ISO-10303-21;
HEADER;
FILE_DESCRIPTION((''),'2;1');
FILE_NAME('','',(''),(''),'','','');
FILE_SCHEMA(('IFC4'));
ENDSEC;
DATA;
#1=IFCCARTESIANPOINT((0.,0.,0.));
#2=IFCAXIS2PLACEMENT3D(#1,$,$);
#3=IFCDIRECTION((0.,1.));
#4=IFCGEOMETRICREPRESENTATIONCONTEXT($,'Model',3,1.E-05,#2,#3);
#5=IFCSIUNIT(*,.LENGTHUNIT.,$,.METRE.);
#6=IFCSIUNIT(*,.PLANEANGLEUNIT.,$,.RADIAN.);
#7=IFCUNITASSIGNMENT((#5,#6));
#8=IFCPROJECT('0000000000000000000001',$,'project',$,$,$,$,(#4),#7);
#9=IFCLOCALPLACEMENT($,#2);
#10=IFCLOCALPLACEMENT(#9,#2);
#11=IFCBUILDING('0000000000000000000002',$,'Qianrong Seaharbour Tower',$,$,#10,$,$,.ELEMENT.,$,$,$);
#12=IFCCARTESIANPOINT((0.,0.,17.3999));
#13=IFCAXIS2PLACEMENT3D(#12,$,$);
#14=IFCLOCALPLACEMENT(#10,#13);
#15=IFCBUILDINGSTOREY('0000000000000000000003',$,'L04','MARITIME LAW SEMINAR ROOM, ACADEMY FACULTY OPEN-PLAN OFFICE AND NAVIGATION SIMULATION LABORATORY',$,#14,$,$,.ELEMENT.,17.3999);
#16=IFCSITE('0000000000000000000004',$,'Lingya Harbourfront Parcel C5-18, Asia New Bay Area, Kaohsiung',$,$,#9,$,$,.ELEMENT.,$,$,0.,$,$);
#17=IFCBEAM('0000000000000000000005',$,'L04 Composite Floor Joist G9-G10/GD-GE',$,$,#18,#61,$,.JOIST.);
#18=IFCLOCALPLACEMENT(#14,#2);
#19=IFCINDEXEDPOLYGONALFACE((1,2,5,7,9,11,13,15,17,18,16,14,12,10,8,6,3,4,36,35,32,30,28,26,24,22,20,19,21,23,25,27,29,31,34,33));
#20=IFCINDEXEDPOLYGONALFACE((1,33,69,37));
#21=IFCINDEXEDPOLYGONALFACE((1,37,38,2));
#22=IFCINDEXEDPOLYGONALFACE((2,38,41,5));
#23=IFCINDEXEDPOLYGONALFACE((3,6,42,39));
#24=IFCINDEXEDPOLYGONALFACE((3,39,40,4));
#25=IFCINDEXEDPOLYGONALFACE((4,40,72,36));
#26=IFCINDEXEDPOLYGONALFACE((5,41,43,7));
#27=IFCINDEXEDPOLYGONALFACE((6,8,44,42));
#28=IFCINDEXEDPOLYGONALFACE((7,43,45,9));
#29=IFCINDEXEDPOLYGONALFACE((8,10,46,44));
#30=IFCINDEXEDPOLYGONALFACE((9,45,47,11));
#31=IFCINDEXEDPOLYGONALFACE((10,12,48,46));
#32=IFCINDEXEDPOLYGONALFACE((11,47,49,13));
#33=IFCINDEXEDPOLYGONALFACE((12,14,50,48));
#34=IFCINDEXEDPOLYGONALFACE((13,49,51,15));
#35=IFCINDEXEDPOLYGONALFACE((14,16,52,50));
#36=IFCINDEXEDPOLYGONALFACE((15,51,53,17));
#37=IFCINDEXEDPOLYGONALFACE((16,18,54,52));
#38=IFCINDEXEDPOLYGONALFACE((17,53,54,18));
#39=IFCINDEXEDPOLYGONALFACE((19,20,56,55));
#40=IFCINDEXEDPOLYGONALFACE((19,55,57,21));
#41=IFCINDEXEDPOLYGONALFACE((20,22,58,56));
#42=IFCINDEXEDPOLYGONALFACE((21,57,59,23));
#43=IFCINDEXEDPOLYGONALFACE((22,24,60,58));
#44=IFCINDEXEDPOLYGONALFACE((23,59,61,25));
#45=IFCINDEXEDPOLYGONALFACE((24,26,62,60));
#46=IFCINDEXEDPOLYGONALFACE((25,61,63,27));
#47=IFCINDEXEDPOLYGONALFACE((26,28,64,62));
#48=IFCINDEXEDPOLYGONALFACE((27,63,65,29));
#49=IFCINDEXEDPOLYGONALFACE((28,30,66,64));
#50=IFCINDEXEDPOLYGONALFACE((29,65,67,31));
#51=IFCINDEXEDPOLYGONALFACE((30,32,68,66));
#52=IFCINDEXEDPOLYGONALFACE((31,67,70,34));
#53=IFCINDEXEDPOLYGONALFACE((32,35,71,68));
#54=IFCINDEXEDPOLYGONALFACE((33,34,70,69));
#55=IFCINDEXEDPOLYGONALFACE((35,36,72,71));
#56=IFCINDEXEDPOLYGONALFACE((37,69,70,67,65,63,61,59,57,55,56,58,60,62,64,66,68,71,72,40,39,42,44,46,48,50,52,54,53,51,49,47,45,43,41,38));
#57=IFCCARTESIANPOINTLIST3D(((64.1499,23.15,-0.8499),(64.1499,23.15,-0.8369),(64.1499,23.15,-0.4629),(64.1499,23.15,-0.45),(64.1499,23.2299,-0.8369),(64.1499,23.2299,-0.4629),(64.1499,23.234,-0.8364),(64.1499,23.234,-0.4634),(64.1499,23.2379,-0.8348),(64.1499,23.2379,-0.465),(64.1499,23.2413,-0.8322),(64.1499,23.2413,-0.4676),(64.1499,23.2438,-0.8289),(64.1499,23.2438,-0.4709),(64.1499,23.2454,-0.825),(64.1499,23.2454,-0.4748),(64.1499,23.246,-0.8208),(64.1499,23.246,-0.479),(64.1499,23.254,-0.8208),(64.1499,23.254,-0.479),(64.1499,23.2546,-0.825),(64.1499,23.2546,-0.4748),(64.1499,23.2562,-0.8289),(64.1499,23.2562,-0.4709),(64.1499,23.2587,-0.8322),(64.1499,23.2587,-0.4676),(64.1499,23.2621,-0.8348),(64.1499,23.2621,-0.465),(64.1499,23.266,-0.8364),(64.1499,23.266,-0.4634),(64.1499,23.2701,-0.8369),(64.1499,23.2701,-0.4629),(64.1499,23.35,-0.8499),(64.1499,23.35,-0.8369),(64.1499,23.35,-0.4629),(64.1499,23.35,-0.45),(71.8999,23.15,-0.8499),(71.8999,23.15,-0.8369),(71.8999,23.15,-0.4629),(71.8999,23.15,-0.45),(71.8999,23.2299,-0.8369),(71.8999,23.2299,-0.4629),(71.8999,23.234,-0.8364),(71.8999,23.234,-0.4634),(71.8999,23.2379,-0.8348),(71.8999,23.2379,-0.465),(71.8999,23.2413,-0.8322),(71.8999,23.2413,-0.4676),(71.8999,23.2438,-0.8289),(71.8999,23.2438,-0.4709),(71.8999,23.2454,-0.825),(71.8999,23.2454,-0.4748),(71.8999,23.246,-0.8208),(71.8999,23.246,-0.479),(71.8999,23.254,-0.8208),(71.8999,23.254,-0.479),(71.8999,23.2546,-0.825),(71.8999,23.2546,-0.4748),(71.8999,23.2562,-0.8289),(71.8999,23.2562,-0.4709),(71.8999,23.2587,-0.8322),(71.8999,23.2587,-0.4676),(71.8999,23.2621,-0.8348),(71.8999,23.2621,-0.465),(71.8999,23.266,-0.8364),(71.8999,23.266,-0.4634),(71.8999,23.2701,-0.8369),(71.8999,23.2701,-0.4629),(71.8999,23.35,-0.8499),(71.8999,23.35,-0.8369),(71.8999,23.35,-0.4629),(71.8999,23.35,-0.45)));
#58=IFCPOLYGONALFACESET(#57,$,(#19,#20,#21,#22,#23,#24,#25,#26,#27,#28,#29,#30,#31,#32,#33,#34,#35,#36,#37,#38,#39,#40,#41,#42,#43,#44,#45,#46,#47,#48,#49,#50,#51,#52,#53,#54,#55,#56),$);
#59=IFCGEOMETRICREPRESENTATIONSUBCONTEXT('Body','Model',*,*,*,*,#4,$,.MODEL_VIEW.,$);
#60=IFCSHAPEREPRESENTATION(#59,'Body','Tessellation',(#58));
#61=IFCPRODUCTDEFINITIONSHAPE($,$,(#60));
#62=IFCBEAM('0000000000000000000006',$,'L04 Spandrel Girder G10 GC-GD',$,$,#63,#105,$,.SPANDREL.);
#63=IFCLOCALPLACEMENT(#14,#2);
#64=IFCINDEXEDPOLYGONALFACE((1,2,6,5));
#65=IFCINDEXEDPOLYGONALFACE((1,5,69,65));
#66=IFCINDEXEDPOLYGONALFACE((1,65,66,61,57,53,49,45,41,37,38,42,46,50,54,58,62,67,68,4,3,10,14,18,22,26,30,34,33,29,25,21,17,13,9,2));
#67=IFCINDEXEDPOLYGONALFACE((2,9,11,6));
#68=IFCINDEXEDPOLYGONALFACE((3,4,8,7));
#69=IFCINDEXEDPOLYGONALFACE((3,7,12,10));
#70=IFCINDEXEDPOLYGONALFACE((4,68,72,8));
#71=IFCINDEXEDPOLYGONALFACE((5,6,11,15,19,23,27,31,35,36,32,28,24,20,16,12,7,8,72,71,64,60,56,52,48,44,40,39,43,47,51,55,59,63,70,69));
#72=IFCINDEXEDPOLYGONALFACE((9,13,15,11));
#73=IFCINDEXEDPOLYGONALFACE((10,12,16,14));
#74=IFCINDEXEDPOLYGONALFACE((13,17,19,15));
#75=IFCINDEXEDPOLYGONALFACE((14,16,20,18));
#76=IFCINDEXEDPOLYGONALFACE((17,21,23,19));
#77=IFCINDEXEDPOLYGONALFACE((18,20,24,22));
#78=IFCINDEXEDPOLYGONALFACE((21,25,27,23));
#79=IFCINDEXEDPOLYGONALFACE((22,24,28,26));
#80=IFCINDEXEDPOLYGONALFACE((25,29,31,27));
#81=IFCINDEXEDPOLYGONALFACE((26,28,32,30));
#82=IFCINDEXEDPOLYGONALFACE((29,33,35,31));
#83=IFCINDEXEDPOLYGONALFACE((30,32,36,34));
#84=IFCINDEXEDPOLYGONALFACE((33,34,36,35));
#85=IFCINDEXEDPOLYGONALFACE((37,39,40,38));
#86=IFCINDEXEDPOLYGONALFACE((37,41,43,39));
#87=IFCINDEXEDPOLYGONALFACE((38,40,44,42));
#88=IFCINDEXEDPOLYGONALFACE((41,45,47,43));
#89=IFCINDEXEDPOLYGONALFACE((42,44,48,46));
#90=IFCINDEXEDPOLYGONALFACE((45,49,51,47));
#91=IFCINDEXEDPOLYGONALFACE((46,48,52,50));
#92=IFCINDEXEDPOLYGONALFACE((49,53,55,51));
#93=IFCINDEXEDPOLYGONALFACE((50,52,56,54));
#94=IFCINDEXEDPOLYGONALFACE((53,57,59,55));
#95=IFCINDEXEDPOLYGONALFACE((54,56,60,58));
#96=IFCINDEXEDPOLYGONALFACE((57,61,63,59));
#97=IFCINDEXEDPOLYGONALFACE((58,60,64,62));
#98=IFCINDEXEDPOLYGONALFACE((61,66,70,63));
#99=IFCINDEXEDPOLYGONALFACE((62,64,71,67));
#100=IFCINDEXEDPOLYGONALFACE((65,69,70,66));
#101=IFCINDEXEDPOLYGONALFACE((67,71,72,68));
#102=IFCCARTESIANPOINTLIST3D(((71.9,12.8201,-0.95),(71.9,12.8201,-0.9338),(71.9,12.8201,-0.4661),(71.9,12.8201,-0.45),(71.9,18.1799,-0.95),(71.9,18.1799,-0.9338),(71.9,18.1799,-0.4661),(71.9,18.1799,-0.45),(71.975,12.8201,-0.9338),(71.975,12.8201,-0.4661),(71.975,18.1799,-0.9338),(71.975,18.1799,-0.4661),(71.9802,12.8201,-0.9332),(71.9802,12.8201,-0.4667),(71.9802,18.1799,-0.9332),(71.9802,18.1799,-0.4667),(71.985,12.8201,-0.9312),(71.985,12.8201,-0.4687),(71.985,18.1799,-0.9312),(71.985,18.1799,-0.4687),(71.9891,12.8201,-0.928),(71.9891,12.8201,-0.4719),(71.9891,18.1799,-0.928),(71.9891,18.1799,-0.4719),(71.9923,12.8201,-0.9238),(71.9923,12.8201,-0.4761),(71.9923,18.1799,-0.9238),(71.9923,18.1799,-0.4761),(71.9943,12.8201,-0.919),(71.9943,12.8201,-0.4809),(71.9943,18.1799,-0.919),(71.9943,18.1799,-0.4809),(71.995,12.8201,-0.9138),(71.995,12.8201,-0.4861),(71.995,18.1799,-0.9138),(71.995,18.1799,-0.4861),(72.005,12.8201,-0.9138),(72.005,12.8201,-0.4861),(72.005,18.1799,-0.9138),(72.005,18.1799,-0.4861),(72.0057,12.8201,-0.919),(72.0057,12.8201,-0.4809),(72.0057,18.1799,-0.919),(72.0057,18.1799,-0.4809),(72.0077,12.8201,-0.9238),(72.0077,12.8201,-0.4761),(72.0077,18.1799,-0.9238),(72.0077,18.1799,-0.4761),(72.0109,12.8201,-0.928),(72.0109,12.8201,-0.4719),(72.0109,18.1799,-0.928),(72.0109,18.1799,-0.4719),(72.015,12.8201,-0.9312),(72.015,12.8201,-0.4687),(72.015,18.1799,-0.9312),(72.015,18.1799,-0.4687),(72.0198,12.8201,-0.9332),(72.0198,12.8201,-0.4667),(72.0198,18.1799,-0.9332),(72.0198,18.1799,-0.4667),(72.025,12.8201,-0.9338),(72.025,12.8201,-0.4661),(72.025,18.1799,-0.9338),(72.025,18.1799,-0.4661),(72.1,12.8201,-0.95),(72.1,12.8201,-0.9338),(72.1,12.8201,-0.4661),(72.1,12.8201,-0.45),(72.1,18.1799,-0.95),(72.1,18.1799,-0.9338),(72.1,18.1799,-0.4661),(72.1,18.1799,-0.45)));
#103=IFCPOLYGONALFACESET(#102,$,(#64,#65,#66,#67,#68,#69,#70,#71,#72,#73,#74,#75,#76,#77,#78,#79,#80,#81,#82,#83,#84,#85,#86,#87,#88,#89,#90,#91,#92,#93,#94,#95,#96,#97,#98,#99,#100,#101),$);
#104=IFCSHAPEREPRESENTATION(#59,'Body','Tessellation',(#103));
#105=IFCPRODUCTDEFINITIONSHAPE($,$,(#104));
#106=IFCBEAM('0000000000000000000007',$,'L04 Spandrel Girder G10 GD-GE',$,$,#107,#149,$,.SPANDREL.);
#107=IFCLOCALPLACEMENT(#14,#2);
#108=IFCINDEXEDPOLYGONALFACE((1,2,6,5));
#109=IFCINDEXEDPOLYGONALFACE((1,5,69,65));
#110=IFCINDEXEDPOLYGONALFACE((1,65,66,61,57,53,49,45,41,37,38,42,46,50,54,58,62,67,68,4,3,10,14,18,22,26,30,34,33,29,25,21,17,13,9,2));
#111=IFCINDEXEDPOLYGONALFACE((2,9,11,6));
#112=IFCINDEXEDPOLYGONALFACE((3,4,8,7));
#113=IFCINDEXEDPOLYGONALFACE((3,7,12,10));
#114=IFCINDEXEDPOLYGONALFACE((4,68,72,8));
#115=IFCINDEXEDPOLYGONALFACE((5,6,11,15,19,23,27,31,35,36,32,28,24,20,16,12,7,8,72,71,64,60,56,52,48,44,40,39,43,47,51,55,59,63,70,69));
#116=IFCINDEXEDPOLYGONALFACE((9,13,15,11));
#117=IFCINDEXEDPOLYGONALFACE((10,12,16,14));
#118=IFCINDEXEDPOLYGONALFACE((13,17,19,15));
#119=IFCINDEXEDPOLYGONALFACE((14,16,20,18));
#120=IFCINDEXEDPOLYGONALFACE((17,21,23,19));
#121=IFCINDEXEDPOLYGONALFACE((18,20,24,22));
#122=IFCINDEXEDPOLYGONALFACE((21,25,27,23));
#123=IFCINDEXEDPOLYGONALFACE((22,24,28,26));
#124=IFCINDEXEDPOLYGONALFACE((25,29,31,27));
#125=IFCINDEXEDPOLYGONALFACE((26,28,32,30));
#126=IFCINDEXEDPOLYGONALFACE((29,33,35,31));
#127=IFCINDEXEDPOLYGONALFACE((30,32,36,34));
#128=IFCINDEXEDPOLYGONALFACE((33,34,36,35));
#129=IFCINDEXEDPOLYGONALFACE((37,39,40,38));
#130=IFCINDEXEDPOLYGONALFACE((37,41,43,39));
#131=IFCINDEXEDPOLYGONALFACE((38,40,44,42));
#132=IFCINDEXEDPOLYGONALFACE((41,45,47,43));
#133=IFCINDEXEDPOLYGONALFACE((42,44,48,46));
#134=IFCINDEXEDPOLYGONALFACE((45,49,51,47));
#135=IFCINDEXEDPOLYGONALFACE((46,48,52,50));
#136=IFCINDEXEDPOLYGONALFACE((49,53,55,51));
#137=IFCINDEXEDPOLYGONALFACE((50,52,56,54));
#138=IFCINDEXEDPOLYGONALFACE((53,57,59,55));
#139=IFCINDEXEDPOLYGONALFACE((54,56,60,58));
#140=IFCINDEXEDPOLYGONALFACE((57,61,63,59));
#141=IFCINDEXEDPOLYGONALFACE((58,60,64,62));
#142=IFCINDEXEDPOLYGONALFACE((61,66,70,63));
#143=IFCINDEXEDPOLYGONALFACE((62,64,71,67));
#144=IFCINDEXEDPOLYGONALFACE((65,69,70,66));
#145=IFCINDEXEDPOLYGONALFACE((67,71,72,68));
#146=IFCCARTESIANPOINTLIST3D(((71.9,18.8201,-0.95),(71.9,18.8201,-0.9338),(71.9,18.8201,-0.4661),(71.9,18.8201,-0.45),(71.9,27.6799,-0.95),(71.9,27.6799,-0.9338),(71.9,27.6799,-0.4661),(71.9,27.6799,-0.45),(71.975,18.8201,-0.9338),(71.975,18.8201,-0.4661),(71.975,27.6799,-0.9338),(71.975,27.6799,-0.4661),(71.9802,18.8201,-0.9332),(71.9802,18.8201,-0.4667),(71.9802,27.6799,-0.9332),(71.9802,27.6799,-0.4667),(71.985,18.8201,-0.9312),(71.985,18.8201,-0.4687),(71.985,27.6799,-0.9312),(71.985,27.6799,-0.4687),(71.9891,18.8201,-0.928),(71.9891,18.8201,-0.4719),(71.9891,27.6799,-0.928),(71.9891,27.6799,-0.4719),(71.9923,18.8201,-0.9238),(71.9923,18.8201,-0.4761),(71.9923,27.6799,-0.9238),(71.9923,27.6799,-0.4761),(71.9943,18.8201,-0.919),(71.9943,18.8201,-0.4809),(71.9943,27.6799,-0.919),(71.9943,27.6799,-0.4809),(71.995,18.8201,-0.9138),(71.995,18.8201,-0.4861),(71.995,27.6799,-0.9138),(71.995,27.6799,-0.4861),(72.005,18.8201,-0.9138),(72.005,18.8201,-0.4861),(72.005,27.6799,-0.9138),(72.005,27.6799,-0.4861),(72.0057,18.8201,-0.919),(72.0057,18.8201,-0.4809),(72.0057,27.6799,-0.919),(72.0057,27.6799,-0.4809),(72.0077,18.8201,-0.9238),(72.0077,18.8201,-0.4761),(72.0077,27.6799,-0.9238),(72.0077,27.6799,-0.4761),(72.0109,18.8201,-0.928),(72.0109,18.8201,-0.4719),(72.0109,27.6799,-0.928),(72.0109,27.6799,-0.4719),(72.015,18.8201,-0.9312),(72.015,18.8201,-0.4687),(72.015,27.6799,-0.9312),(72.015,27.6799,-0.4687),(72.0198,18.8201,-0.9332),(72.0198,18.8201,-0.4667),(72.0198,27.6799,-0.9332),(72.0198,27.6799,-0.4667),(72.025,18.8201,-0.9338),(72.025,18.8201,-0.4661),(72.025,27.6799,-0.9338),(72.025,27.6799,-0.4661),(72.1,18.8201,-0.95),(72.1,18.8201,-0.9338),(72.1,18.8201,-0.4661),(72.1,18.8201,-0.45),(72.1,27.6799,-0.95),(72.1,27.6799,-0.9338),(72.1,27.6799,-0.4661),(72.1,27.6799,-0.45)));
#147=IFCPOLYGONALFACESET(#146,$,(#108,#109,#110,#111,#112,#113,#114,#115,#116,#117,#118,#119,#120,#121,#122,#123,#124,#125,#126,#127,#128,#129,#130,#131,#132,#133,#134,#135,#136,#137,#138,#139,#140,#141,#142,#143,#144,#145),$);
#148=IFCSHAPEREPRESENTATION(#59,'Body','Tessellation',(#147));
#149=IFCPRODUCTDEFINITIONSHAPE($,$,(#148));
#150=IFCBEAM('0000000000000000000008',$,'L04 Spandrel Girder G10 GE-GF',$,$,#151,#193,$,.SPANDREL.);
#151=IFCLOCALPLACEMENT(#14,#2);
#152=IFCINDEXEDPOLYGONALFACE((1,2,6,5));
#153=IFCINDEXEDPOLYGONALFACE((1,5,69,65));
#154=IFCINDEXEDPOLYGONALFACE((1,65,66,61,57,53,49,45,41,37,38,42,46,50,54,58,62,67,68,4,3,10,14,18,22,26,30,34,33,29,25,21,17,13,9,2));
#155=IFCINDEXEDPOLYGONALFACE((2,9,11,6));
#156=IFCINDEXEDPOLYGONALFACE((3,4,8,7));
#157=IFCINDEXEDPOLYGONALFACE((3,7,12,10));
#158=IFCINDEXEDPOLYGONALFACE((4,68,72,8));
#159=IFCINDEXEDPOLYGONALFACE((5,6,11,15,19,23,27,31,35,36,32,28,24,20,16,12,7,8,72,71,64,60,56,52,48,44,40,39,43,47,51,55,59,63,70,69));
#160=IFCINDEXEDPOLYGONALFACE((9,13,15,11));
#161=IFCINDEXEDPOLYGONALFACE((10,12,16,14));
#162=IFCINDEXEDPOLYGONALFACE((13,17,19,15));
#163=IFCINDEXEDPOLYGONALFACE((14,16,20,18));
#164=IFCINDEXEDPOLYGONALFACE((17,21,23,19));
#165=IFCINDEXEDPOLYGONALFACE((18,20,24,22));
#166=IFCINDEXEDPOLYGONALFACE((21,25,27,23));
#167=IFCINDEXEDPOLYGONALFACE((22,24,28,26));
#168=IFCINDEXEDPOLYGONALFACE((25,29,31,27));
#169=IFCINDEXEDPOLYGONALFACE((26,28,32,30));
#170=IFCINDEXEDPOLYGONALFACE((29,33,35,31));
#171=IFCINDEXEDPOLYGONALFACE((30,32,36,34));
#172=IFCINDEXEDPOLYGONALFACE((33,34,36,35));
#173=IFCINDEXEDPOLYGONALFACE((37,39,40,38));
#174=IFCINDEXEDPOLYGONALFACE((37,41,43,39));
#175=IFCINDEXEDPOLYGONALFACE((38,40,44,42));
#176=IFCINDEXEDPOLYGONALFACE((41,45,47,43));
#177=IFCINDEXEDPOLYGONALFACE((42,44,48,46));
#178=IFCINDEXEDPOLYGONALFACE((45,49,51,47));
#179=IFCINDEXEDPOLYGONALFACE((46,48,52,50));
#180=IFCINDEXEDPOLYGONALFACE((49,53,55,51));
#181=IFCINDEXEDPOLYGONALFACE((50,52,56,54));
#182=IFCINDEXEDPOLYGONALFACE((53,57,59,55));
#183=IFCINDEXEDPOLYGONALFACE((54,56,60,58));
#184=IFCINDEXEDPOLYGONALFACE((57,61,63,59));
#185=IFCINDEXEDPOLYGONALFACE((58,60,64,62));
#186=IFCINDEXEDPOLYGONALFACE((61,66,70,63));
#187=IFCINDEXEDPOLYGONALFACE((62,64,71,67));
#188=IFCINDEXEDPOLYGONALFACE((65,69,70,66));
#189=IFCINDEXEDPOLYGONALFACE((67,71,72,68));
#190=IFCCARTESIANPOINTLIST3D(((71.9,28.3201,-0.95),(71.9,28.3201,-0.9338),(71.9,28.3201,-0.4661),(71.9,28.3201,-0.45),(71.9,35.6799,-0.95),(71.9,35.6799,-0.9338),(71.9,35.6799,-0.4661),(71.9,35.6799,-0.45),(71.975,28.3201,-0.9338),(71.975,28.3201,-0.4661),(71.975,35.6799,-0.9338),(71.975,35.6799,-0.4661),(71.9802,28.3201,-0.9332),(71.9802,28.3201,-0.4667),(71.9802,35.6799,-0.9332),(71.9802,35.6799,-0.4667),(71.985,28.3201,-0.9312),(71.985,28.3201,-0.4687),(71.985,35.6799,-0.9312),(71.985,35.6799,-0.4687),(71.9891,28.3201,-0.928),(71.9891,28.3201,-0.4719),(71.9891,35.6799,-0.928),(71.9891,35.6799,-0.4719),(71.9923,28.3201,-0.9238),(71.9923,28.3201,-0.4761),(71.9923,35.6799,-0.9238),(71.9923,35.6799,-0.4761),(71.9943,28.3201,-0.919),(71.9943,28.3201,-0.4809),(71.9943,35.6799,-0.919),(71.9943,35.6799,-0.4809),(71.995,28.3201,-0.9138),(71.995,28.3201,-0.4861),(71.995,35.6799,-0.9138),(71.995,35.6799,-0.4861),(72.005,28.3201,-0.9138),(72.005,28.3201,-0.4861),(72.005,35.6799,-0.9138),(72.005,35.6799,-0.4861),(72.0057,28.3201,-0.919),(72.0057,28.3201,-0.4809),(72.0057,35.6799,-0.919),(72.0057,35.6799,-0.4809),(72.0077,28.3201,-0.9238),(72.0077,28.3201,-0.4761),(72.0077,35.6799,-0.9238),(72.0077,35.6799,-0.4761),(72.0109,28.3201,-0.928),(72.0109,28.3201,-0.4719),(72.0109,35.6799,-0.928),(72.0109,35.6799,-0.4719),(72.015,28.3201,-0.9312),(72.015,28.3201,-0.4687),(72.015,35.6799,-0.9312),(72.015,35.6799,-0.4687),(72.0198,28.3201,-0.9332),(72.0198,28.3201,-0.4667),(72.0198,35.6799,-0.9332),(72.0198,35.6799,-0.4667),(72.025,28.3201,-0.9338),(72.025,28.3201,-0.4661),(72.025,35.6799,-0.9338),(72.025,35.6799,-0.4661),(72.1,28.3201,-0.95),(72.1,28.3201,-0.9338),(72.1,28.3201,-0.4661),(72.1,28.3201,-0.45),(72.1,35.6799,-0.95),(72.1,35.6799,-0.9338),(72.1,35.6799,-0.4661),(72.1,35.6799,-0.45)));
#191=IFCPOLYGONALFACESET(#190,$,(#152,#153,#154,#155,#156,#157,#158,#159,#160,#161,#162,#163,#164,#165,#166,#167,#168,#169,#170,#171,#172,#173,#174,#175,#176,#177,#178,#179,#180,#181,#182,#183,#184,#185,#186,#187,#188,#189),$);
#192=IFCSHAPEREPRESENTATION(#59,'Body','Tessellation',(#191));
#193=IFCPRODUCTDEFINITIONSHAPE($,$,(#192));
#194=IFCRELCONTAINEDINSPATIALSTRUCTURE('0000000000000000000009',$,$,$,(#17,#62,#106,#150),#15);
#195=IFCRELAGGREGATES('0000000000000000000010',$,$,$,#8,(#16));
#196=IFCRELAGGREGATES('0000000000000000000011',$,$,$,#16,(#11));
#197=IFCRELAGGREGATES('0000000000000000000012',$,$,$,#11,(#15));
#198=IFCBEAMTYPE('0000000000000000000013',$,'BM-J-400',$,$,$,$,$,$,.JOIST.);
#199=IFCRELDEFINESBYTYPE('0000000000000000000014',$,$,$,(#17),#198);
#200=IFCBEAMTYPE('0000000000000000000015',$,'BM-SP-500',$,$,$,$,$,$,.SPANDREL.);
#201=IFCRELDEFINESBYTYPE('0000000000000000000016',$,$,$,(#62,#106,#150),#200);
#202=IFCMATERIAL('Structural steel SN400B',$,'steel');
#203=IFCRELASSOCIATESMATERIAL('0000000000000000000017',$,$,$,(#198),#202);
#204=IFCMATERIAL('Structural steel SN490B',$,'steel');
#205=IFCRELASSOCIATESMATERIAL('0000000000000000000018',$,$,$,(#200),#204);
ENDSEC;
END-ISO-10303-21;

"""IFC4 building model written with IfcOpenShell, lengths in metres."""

from ifc_helpers import new_model, si_unit, direction, frame, origin, origin_2d, place, context, subcontext, project, spatial, i_section, extrude, material, material_profile, profile_set, type_object, element, save


model = new_model("IFC4")

# Units and contexts
model_context = context("Model", 3, precision=1e-05, world=origin(), true_north=direction((0.0, 1.0)))
body_context = subcontext(model_context, "Body", "Model", "MODEL_VIEW")
ifc_project = project(units=[si_unit("LENGTHUNIT", "METRE"), si_unit("PLANEANGLEUNIT", "RADIAN")], contexts=[model_context])

# Site, building, storey
site_placement = place(None, origin())
site = spatial("IfcSite", under=ifc_project, at=site_placement, Name="Lingya Harbourfront Parcel C5-18, Asia New Bay Area, Kaohsiung", CompositionType="ELEMENT", RefElevation=0.0)
building_placement = place(site_placement, origin())
building = spatial("IfcBuilding", under=site, at=building_placement, Name="Qianrong Seaharbour Tower", CompositionType="ELEMENT")
storey_placement = place(building_placement, frame((0.0, 0.0, 17.3999)))
storey = spatial("IfcBuildingStorey", under=building, at=storey_placement, Name="L04", Description="MARITIME LAW SEMINAR ROOM, ACADEMY FACULTY OPEN-PLAN OFFICE AND NAVIGATION SIMULATION LABORATORY", CompositionType="ELEMENT", Elevation=17.3999)

# Shared definitions
ifc_material_1 = material(Name="Structural steel SN490B", Category="steel")

# Beams
ifc_material_2 = material(Name="Structural steel SN400B", Category="steel")
ifc_material_profile_1 = material_profile(ifc_material_2, i_section(OverallWidth=0.2, OverallDepth=0.3999, WebThickness=0.0081, FlangeThickness=0.0129, FilletRadius=0.0161, at=origin_2d()), Name="H400x200x8x13")
ifc_profile_set_1 = profile_set([ifc_material_profile_1], Name="Structural steel SN400B")
beam_type_1 = type_object("IfcBeamType", Name="BM-J-400", PredefinedType="JOIST", material=ifc_profile_set_1)
for number, where, z_axis, x_axis, name in (
    (1, (64.1499, 23.25, -0.6499), (1.0, 0.0, 0.0), (0.0, 1.0, 0.0), "L04 Composite Floor Joist G9-G10/GD-GE"),
):
    element("IfcBeam", number, at=place(storey_placement, frame(where, z_axis=z_axis, x_axis=x_axis)), inside=storey, type_object=beam_type_1, Name=name, PredefinedType="JOIST", context=body_context, shape_type="SweptSolid", body=[
        extrude(i_section(OverallWidth=0.2, OverallDepth=0.3999, WebThickness=0.0081, FlangeThickness=0.0129, FilletRadius=0.0161, at=origin_2d()), origin(), (0.0, 0.0, 1.0), 7.75),
    ])
ifc_material_profile_2 = material_profile(ifc_material_1, i_section(OverallWidth=0.2, OverallDepth=0.5, WebThickness=0.01, FlangeThickness=0.0161, FilletRadius=0.02, at=origin_2d()), Name="H500x200x10x16")
ifc_profile_set_2 = profile_set([ifc_material_profile_2], Name="Structural steel SN490B")
beam_type_2 = type_object("IfcBeamType", Name="BM-SP-500", PredefinedType="SPANDREL", material=ifc_profile_set_2)
beam_1_placement = place(storey_placement, frame((72.0, 12.8201, -0.7), z_axis=(0.0, 1.0, 0.0), x_axis=(-1.0, 0.0, 0.0)))
element("IfcBeam", 2, at=beam_1_placement, inside=storey, type_object=beam_type_2, Name="L04 Spandrel Girder G10 GC-GD", PredefinedType="SPANDREL", context=body_context, shape_type="SweptSolid", body=[
    extrude(i_section(OverallWidth=0.2, OverallDepth=0.5, WebThickness=0.01, FlangeThickness=0.0161, FilletRadius=0.02, at=origin_2d()), origin(), (0.0, 0.0, 1.0), 5.3599),
])
beam_2_placement = place(storey_placement, frame((72.0, 18.8201, -0.7), z_axis=(0.0, 1.0, 0.0), x_axis=(-1.0, 0.0, 0.0)))
element("IfcBeam", 3, at=beam_2_placement, inside=storey, type_object=beam_type_2, Name="L04 Spandrel Girder G10 GD-GE", PredefinedType="SPANDREL", context=body_context, shape_type="SweptSolid", body=[
    extrude(i_section(OverallWidth=0.2, OverallDepth=0.5, WebThickness=0.01, FlangeThickness=0.0161, FilletRadius=0.02, at=origin_2d()), origin(), (0.0, 0.0, 1.0), 8.8599),
])
beam_3_placement = place(storey_placement, frame((72.0, 28.3201, -0.7), z_axis=(0.0, 1.0, 0.0), x_axis=(-1.0, 0.0, 0.0)))
element("IfcBeam", 4, at=beam_3_placement, inside=storey, type_object=beam_type_2, Name="L04 Spandrel Girder G10 GE-GF", PredefinedType="SPANDREL", context=body_context, shape_type="SweptSolid", body=[
    extrude(i_section(OverallWidth=0.2, OverallDepth=0.5, WebThickness=0.01, FlangeThickness=0.0161, FilletRadius=0.02, at=origin_2d()), origin(), (0.0, 0.0, 1.0), 7.3599),
])

save(model, "model.ifc")
